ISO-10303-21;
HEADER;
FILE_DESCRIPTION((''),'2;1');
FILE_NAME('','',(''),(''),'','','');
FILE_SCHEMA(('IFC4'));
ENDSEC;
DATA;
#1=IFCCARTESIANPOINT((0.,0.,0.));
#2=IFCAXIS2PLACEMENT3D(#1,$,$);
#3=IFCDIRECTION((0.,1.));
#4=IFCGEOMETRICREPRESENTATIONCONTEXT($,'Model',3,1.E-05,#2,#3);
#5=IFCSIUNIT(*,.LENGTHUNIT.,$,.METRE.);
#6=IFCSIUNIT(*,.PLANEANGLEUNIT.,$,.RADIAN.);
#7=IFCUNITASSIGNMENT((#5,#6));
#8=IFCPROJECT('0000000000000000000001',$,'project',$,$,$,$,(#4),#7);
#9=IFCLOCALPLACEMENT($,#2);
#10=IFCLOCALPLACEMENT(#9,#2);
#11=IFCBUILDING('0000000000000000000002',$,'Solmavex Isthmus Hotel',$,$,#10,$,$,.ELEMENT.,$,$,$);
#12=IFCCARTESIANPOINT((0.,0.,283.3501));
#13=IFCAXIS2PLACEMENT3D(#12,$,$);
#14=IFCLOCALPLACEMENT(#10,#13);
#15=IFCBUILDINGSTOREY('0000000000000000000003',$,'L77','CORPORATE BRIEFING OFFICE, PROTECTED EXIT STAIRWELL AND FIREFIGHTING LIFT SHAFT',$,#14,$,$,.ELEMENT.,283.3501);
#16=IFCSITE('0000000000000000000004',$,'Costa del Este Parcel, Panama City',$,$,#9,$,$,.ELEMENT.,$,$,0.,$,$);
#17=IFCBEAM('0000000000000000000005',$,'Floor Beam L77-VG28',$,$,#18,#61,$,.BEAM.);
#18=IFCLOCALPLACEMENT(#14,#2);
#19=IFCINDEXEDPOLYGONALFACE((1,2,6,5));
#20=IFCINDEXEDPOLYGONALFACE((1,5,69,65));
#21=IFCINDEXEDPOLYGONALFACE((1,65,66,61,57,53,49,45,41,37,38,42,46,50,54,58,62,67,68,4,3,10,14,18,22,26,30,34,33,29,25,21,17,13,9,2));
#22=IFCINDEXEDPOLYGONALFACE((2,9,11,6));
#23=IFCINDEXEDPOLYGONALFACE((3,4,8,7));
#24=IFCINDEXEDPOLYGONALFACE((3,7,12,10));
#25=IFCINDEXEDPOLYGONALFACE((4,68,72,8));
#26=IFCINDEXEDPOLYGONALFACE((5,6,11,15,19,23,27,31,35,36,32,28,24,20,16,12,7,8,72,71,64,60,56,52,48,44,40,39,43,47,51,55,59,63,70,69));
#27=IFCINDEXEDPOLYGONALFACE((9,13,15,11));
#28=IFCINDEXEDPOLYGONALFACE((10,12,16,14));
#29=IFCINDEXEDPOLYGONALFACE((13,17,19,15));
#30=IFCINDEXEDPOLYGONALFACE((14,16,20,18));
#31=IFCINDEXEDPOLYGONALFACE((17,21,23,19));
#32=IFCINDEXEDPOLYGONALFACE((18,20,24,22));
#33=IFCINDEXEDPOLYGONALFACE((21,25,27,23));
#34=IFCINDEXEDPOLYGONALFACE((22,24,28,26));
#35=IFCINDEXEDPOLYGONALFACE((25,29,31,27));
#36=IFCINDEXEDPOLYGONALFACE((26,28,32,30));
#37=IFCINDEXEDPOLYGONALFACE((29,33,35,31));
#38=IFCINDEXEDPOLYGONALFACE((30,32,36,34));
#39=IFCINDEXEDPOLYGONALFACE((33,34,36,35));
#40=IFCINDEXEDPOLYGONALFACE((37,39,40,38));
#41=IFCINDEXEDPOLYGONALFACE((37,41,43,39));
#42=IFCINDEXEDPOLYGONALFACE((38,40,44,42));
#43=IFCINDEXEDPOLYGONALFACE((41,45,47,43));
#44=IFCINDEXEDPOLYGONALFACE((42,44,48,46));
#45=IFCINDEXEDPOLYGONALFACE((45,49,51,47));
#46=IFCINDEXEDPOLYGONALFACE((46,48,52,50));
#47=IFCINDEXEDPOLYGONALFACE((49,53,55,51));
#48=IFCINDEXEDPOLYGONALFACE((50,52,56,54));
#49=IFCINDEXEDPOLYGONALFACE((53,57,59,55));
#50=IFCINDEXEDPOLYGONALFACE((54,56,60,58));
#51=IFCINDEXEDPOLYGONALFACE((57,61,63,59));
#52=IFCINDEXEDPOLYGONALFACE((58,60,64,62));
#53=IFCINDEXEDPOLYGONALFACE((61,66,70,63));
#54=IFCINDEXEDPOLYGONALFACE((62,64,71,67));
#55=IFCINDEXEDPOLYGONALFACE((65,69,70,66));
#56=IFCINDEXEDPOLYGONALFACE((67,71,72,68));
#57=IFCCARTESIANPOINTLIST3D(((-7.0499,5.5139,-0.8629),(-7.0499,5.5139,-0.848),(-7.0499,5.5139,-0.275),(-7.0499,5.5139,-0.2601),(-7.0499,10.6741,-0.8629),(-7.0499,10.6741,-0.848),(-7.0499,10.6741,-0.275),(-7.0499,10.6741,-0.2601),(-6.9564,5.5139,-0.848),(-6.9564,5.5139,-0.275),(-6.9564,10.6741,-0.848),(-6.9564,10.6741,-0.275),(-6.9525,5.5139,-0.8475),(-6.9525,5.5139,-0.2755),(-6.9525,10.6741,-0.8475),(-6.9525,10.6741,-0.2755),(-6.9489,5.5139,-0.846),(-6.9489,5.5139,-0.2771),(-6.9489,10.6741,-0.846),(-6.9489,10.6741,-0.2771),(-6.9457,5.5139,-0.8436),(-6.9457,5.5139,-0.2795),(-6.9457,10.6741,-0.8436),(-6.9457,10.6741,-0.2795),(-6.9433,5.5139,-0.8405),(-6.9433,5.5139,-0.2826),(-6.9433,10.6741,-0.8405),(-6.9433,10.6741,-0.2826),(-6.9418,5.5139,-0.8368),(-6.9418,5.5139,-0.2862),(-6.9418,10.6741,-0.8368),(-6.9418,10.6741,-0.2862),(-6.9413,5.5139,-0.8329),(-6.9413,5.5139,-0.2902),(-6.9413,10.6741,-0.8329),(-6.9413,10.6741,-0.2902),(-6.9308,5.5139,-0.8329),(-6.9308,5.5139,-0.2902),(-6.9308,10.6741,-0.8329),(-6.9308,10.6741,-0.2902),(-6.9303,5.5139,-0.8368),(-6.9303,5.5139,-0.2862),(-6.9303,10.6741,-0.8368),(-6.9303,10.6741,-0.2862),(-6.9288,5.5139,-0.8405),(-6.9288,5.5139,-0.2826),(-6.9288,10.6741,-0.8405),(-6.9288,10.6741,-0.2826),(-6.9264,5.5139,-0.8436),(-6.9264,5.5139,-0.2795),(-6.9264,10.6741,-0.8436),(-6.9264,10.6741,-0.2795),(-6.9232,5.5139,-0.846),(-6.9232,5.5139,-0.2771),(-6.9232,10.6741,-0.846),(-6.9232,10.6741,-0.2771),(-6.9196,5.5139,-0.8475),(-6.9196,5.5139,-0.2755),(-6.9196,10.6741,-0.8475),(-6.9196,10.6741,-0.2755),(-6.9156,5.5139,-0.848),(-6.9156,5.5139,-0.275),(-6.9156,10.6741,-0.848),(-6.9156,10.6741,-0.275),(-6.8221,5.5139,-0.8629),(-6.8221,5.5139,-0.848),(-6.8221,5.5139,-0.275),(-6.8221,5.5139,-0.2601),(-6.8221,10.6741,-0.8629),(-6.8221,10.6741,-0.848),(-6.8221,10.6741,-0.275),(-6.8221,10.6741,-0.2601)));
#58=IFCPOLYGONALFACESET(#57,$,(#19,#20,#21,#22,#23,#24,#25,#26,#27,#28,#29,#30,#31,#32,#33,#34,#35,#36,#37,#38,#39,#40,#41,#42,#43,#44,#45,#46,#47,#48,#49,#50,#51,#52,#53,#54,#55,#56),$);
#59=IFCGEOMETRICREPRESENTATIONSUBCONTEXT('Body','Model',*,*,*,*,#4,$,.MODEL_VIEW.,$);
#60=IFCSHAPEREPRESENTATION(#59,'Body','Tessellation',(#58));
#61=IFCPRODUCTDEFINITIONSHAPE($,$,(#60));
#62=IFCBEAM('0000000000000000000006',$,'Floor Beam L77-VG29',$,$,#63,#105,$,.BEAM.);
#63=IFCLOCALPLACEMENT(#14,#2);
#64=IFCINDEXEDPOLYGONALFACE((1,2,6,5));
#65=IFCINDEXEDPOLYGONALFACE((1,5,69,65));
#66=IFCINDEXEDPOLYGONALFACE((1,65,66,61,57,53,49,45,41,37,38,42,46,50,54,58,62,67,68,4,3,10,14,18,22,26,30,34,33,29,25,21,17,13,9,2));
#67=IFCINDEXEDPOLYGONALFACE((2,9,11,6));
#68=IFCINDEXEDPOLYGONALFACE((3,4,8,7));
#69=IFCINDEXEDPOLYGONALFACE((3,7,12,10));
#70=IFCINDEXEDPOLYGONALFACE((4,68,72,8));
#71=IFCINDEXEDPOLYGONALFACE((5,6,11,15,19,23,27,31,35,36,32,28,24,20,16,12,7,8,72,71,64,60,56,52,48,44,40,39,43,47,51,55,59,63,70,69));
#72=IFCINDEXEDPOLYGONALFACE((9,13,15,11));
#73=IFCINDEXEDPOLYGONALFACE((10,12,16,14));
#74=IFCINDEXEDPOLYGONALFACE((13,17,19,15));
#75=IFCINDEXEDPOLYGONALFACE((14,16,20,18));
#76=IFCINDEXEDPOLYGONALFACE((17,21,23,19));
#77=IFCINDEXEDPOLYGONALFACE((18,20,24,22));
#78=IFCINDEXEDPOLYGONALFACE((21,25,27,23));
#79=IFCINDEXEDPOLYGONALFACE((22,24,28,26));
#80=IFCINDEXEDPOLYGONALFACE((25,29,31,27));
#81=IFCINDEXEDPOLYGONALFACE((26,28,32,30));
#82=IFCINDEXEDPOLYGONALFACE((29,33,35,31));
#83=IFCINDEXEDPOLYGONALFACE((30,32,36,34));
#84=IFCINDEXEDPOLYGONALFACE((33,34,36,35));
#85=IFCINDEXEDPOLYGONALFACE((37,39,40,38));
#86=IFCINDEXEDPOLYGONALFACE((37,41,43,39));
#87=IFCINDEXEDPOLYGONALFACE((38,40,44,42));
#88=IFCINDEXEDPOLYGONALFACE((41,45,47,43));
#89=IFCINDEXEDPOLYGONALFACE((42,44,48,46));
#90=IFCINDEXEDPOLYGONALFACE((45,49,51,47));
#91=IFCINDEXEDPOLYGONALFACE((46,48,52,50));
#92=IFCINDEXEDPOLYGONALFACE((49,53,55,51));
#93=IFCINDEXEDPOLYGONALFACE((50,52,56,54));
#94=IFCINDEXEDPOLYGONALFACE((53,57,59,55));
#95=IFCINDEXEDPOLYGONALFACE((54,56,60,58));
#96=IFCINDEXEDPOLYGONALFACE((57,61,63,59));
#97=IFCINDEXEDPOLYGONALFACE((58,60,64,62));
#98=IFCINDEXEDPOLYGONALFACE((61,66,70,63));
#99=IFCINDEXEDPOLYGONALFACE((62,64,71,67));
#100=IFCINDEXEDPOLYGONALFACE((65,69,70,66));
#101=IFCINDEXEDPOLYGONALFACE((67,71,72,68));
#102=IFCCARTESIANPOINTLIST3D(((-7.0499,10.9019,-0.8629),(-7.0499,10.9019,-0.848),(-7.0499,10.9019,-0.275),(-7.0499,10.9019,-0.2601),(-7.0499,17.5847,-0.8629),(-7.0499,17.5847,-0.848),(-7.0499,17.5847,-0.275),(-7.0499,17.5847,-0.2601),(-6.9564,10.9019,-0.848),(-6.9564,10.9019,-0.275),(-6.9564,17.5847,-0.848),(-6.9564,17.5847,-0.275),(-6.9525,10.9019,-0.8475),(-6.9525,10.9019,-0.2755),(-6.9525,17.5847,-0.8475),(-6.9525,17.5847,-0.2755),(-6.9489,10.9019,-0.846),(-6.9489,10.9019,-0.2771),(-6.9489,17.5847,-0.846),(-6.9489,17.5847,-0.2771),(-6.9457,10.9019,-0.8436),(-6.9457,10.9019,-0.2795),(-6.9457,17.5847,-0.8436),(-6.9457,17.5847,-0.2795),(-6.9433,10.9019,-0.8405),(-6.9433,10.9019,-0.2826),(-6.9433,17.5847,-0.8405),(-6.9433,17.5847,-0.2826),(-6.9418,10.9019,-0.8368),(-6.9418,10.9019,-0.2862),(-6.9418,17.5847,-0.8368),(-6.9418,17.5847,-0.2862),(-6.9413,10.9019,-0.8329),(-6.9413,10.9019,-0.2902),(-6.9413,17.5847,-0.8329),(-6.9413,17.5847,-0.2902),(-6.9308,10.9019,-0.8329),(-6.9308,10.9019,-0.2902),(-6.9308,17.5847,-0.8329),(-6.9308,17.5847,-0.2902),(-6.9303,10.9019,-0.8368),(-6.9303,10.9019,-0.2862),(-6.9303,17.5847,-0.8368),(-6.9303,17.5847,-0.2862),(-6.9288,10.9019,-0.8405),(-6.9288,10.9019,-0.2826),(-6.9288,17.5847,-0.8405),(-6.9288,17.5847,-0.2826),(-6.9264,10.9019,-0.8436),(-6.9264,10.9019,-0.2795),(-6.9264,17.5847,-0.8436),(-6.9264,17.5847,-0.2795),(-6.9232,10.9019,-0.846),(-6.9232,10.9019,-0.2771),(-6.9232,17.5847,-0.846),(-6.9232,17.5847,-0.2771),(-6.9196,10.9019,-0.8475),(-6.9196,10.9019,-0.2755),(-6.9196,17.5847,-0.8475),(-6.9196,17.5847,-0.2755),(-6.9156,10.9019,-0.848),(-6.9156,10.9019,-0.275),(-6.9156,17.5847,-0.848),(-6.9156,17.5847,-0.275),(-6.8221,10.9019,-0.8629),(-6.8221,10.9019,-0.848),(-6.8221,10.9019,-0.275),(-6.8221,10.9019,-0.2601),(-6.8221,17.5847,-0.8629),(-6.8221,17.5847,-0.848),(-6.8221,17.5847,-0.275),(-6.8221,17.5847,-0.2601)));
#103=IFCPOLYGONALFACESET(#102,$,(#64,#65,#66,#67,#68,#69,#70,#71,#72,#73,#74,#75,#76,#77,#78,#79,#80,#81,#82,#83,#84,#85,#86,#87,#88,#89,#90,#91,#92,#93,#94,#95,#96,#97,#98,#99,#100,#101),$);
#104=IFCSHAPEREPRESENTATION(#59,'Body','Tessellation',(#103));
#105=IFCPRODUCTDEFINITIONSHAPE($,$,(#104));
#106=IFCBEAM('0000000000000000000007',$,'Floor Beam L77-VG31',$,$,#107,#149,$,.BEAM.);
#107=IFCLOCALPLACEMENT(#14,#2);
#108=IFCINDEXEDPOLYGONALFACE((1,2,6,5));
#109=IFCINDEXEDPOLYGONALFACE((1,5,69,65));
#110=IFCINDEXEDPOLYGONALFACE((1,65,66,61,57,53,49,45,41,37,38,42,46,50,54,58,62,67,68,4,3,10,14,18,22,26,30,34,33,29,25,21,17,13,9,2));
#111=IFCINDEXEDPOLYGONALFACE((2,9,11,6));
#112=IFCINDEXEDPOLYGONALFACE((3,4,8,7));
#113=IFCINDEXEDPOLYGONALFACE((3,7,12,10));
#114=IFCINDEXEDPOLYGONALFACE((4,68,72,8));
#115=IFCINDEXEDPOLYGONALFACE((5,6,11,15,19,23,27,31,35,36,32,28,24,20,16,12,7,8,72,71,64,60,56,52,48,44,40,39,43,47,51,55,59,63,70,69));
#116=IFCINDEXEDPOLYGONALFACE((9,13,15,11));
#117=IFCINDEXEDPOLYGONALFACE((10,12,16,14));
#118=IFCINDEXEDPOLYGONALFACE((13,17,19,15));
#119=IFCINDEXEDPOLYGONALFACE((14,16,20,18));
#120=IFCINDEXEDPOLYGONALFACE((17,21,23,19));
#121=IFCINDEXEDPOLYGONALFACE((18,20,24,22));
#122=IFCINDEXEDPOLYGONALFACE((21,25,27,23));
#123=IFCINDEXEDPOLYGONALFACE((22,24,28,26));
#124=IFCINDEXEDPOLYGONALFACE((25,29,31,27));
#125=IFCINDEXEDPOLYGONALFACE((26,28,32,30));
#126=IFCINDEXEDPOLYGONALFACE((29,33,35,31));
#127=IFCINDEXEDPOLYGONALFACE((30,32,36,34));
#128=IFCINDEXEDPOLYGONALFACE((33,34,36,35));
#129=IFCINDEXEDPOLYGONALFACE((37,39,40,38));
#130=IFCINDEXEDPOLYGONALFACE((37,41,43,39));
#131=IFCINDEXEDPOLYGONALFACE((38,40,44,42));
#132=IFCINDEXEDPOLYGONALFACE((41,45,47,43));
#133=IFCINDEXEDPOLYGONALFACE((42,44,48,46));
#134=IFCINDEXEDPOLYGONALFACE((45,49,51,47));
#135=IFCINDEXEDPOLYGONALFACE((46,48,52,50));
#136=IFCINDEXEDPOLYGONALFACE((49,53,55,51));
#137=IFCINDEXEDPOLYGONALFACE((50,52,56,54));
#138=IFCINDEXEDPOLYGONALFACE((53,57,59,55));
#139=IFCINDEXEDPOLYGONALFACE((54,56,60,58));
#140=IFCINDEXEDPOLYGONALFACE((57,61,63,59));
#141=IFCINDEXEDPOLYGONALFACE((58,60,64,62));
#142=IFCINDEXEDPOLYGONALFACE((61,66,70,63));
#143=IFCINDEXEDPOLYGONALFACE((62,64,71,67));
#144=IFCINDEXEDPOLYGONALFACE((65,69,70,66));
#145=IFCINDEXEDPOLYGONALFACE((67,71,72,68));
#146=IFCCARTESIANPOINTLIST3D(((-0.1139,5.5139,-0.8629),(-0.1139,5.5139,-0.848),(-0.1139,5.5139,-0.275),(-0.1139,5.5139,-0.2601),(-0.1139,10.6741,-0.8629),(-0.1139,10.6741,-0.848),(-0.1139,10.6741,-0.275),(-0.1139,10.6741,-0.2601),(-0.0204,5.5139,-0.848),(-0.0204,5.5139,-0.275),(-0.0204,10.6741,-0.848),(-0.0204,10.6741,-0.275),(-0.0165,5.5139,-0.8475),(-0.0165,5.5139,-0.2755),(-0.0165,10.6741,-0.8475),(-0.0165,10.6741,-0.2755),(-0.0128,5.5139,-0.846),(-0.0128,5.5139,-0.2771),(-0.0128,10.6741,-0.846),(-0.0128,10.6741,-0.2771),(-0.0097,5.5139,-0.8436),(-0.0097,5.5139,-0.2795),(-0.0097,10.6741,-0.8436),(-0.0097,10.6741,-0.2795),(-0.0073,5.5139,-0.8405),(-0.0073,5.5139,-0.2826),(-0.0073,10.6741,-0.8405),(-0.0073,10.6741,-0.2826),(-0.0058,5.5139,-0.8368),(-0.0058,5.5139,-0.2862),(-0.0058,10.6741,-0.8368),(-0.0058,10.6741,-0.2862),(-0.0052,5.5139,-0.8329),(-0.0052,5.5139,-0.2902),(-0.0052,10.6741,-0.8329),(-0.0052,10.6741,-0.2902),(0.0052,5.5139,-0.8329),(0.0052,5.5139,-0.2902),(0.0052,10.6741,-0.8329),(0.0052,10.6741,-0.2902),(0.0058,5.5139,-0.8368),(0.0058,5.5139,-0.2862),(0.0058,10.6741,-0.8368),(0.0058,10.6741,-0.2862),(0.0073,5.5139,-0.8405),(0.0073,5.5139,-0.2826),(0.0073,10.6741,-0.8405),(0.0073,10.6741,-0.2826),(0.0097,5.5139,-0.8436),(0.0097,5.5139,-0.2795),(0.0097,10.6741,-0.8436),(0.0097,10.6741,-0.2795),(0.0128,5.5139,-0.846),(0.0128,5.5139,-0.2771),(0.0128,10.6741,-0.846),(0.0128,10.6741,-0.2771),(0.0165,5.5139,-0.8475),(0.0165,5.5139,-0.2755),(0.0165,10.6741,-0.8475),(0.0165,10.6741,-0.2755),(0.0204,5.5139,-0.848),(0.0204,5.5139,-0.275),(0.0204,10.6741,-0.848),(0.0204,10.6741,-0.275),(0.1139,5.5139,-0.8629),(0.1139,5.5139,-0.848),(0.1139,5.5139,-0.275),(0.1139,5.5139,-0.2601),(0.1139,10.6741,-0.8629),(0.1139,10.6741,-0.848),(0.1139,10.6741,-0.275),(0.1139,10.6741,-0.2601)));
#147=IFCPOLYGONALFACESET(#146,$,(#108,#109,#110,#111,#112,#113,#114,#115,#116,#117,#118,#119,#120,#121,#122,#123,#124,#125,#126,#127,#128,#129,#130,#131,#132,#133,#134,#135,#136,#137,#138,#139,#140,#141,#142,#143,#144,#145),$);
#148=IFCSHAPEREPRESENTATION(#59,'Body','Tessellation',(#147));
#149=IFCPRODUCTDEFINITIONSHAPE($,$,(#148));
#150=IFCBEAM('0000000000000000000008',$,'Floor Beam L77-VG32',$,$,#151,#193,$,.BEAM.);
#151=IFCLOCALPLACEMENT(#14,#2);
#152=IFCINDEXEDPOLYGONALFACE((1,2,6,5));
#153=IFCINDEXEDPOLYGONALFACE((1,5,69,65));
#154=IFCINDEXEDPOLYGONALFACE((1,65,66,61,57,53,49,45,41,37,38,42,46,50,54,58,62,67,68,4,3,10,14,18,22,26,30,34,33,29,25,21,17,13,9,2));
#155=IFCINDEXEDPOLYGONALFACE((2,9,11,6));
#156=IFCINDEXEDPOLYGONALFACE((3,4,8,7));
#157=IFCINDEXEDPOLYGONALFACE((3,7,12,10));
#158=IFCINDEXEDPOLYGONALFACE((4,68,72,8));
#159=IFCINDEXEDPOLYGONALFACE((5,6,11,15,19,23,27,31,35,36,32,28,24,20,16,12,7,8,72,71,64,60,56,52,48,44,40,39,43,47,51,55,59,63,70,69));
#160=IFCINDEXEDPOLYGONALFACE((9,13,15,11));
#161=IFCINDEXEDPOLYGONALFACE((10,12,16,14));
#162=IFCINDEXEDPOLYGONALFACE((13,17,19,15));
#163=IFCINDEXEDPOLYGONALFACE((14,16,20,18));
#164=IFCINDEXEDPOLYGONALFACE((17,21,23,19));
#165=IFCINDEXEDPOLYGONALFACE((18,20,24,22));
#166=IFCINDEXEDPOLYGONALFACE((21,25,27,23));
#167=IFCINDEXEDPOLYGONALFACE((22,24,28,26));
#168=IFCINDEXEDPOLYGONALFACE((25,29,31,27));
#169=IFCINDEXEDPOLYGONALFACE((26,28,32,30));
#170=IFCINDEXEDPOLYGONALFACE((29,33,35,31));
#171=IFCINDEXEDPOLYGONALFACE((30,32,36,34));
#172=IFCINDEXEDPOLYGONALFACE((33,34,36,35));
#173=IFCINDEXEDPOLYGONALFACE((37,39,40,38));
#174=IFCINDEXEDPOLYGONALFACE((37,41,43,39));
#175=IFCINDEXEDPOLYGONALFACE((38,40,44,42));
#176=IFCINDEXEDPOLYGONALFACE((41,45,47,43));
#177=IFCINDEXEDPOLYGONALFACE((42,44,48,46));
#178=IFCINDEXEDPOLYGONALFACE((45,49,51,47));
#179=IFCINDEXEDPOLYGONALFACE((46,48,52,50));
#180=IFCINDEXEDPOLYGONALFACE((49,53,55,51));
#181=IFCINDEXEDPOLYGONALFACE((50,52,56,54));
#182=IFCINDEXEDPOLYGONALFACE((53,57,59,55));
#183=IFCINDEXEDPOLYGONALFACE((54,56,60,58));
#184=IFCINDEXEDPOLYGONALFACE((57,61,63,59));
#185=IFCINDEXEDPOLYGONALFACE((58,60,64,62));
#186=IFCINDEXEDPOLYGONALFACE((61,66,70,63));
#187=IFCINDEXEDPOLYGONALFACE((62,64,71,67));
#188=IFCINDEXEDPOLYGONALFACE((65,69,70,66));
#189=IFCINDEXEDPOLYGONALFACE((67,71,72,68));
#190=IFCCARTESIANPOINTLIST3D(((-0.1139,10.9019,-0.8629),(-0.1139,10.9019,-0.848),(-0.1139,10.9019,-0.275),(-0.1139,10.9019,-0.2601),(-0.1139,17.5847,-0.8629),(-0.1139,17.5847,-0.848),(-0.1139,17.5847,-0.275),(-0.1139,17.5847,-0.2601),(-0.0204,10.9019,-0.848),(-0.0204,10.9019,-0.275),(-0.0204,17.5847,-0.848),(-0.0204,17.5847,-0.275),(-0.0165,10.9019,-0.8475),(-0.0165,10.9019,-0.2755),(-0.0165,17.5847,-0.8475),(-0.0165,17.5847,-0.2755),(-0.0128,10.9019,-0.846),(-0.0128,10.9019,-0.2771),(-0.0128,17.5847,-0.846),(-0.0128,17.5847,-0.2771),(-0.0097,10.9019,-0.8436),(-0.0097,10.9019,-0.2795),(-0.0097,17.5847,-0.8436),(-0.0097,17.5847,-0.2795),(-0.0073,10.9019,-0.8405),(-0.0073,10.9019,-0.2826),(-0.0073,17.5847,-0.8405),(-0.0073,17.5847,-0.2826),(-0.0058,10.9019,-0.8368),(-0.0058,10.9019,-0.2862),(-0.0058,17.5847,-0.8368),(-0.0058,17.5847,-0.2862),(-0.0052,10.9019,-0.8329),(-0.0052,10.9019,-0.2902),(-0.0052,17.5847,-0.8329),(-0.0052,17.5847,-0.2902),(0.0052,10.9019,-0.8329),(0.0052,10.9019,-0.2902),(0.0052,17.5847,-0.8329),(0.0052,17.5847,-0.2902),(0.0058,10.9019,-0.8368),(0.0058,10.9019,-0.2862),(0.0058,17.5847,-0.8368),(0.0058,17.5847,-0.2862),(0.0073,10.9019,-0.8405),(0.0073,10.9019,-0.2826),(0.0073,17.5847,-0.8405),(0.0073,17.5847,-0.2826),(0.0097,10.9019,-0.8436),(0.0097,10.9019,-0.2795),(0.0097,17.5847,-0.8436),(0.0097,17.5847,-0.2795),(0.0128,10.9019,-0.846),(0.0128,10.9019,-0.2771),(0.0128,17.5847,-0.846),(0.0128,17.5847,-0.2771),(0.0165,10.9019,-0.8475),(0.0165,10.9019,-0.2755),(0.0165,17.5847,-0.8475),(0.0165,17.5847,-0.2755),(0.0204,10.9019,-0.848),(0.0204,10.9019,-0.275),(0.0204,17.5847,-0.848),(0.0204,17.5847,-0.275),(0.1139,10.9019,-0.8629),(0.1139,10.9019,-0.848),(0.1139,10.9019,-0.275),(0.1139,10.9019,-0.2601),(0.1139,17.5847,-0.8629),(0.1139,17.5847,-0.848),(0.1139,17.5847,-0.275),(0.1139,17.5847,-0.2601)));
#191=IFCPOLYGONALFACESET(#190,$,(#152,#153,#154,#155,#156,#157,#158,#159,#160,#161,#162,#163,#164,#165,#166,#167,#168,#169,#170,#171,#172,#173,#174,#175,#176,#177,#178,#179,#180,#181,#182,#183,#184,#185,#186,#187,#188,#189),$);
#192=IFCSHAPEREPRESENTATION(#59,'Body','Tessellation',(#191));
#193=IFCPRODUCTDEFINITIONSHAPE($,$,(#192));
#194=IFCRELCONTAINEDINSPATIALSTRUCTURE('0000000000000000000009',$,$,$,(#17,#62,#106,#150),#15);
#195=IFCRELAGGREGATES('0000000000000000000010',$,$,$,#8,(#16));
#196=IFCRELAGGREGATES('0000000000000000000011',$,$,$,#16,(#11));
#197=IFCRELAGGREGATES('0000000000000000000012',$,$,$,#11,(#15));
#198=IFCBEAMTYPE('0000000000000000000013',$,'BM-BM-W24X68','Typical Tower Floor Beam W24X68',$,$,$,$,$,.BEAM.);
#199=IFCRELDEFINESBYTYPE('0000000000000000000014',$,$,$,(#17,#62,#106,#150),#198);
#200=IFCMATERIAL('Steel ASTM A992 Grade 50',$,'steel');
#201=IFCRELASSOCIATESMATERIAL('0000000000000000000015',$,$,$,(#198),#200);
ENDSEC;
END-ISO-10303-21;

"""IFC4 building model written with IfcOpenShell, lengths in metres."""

from ifc_helpers import new_model, si_unit, direction, frame, origin, origin_2d, place, context, subcontext, project, spatial, i_section, extrude, material, material_profile, profile_set, type_object, element, save


model = new_model("IFC4")

# Units and contexts
model_context = context("Model", 3, precision=1e-05, world=origin(), true_north=direction((0.0, 1.0)))
body_context = subcontext(model_context, "Body", "Model", "MODEL_VIEW")
ifc_project = project(units=[si_unit("LENGTHUNIT", "METRE"), si_unit("PLANEANGLEUNIT", "RADIAN")], contexts=[model_context])

# Site, building, storey
site_placement = place(None, origin())
site = spatial("IfcSite", under=ifc_project, at=site_placement, Name="Costa del Este Parcel, Panama City", CompositionType="ELEMENT", RefElevation=0.0)
building_placement = place(site_placement, origin())
building = spatial("IfcBuilding", under=site, at=building_placement, Name="Solmavex Isthmus Hotel", CompositionType="ELEMENT")
storey_placement = place(building_placement, frame((0.0, 0.0, 283.3501)))
storey = spatial("IfcBuildingStorey", under=building, at=storey_placement, Name="L77", Description="CORPORATE BRIEFING OFFICE, PROTECTED EXIT STAIRWELL AND FIREFIGHTING LIFT SHAFT", CompositionType="ELEMENT", Elevation=283.3501)

# Beams
ifc_material_1 = material(Name="Steel ASTM A992 Grade 50", Category="steel")
ifc_material_profile_1 = material_profile(ifc_material_1, i_section(OverallWidth=0.2278, OverallDepth=0.6028, WebThickness=0.0105, FlangeThickness=0.0149, FilletRadius=0.0151, at=origin_2d()), Name="W24X68")
ifc_profile_set_1 = profile_set([ifc_material_profile_1], Name="Steel ASTM A992 Grade 50")
beam_type_1 = type_object("IfcBeamType", Name="BM-BM-W24X68", Description="Typical Tower Floor Beam W24X68", PredefinedType="BEAM", material=ifc_profile_set_1)
beam_1_placement = place(storey_placement, frame((-6.936, 5.5139, -0.5615), z_axis=(0.0, 1.0, 0.0), x_axis=(-1.0, 0.0, 0.0)))
element("IfcBeam", 1, at=beam_1_placement, inside=storey, type_object=beam_type_1, Name="Floor Beam L77-VG28", PredefinedType="BEAM", context=body_context, shape_type="SweptSolid", body=[
    extrude(i_section(OverallWidth=0.2278, OverallDepth=0.6028, WebThickness=0.0105, FlangeThickness=0.0149, FilletRadius=0.0151, at=origin_2d()), origin(), (0.0, 0.0, 1.0), 5.1602),
])
beam_2_placement = place(storey_placement, frame((-6.936, 10.9019, -0.5615), z_axis=(0.0, 1.0, 0.0), x_axis=(-1.0, 0.0, 0.0)))
element("IfcBeam", 2, at=beam_2_placement, inside=storey, type_object=beam_type_1, Name="Floor Beam L77-VG29", PredefinedType="BEAM", context=body_context, shape_type="SweptSolid", body=[
    extrude(i_section(OverallWidth=0.2278, OverallDepth=0.6028, WebThickness=0.0105, FlangeThickness=0.0149, FilletRadius=0.0151, at=origin_2d()), origin(), (0.0, 0.0, 1.0), 6.6829),
])
beam_3_placement = place(storey_placement, frame((0.0, 5.5139, -0.5615), z_axis=(0.0, 1.0, 0.0), x_axis=(-1.0, 0.0, 0.0)))
element("IfcBeam", 3, at=beam_3_placement, inside=storey, type_object=beam_type_1, Name="Floor Beam L77-VG31", PredefinedType="BEAM", context=body_context, shape_type="SweptSolid", body=[
    extrude(i_section(OverallWidth=0.2278, OverallDepth=0.6028, WebThickness=0.0105, FlangeThickness=0.0149, FilletRadius=0.0151, at=origin_2d()), origin(), (0.0, 0.0, 1.0), 5.1602),
])
beam_4_placement = place(storey_placement, frame((0.0, 10.9019, -0.5615), z_axis=(0.0, 1.0, 0.0), x_axis=(-1.0, 0.0, 0.0)))
element("IfcBeam", 4, at=beam_4_placement, inside=storey, type_object=beam_type_1, Name="Floor Beam L77-VG32", PredefinedType="BEAM", context=body_context, shape_type="SweptSolid", body=[
    extrude(i_section(OverallWidth=0.2278, OverallDepth=0.6028, WebThickness=0.0105, FlangeThickness=0.0149, FilletRadius=0.0151, at=origin_2d()), origin(), (0.0, 0.0, 1.0), 6.6829),
])

save(model, "model.ifc")
